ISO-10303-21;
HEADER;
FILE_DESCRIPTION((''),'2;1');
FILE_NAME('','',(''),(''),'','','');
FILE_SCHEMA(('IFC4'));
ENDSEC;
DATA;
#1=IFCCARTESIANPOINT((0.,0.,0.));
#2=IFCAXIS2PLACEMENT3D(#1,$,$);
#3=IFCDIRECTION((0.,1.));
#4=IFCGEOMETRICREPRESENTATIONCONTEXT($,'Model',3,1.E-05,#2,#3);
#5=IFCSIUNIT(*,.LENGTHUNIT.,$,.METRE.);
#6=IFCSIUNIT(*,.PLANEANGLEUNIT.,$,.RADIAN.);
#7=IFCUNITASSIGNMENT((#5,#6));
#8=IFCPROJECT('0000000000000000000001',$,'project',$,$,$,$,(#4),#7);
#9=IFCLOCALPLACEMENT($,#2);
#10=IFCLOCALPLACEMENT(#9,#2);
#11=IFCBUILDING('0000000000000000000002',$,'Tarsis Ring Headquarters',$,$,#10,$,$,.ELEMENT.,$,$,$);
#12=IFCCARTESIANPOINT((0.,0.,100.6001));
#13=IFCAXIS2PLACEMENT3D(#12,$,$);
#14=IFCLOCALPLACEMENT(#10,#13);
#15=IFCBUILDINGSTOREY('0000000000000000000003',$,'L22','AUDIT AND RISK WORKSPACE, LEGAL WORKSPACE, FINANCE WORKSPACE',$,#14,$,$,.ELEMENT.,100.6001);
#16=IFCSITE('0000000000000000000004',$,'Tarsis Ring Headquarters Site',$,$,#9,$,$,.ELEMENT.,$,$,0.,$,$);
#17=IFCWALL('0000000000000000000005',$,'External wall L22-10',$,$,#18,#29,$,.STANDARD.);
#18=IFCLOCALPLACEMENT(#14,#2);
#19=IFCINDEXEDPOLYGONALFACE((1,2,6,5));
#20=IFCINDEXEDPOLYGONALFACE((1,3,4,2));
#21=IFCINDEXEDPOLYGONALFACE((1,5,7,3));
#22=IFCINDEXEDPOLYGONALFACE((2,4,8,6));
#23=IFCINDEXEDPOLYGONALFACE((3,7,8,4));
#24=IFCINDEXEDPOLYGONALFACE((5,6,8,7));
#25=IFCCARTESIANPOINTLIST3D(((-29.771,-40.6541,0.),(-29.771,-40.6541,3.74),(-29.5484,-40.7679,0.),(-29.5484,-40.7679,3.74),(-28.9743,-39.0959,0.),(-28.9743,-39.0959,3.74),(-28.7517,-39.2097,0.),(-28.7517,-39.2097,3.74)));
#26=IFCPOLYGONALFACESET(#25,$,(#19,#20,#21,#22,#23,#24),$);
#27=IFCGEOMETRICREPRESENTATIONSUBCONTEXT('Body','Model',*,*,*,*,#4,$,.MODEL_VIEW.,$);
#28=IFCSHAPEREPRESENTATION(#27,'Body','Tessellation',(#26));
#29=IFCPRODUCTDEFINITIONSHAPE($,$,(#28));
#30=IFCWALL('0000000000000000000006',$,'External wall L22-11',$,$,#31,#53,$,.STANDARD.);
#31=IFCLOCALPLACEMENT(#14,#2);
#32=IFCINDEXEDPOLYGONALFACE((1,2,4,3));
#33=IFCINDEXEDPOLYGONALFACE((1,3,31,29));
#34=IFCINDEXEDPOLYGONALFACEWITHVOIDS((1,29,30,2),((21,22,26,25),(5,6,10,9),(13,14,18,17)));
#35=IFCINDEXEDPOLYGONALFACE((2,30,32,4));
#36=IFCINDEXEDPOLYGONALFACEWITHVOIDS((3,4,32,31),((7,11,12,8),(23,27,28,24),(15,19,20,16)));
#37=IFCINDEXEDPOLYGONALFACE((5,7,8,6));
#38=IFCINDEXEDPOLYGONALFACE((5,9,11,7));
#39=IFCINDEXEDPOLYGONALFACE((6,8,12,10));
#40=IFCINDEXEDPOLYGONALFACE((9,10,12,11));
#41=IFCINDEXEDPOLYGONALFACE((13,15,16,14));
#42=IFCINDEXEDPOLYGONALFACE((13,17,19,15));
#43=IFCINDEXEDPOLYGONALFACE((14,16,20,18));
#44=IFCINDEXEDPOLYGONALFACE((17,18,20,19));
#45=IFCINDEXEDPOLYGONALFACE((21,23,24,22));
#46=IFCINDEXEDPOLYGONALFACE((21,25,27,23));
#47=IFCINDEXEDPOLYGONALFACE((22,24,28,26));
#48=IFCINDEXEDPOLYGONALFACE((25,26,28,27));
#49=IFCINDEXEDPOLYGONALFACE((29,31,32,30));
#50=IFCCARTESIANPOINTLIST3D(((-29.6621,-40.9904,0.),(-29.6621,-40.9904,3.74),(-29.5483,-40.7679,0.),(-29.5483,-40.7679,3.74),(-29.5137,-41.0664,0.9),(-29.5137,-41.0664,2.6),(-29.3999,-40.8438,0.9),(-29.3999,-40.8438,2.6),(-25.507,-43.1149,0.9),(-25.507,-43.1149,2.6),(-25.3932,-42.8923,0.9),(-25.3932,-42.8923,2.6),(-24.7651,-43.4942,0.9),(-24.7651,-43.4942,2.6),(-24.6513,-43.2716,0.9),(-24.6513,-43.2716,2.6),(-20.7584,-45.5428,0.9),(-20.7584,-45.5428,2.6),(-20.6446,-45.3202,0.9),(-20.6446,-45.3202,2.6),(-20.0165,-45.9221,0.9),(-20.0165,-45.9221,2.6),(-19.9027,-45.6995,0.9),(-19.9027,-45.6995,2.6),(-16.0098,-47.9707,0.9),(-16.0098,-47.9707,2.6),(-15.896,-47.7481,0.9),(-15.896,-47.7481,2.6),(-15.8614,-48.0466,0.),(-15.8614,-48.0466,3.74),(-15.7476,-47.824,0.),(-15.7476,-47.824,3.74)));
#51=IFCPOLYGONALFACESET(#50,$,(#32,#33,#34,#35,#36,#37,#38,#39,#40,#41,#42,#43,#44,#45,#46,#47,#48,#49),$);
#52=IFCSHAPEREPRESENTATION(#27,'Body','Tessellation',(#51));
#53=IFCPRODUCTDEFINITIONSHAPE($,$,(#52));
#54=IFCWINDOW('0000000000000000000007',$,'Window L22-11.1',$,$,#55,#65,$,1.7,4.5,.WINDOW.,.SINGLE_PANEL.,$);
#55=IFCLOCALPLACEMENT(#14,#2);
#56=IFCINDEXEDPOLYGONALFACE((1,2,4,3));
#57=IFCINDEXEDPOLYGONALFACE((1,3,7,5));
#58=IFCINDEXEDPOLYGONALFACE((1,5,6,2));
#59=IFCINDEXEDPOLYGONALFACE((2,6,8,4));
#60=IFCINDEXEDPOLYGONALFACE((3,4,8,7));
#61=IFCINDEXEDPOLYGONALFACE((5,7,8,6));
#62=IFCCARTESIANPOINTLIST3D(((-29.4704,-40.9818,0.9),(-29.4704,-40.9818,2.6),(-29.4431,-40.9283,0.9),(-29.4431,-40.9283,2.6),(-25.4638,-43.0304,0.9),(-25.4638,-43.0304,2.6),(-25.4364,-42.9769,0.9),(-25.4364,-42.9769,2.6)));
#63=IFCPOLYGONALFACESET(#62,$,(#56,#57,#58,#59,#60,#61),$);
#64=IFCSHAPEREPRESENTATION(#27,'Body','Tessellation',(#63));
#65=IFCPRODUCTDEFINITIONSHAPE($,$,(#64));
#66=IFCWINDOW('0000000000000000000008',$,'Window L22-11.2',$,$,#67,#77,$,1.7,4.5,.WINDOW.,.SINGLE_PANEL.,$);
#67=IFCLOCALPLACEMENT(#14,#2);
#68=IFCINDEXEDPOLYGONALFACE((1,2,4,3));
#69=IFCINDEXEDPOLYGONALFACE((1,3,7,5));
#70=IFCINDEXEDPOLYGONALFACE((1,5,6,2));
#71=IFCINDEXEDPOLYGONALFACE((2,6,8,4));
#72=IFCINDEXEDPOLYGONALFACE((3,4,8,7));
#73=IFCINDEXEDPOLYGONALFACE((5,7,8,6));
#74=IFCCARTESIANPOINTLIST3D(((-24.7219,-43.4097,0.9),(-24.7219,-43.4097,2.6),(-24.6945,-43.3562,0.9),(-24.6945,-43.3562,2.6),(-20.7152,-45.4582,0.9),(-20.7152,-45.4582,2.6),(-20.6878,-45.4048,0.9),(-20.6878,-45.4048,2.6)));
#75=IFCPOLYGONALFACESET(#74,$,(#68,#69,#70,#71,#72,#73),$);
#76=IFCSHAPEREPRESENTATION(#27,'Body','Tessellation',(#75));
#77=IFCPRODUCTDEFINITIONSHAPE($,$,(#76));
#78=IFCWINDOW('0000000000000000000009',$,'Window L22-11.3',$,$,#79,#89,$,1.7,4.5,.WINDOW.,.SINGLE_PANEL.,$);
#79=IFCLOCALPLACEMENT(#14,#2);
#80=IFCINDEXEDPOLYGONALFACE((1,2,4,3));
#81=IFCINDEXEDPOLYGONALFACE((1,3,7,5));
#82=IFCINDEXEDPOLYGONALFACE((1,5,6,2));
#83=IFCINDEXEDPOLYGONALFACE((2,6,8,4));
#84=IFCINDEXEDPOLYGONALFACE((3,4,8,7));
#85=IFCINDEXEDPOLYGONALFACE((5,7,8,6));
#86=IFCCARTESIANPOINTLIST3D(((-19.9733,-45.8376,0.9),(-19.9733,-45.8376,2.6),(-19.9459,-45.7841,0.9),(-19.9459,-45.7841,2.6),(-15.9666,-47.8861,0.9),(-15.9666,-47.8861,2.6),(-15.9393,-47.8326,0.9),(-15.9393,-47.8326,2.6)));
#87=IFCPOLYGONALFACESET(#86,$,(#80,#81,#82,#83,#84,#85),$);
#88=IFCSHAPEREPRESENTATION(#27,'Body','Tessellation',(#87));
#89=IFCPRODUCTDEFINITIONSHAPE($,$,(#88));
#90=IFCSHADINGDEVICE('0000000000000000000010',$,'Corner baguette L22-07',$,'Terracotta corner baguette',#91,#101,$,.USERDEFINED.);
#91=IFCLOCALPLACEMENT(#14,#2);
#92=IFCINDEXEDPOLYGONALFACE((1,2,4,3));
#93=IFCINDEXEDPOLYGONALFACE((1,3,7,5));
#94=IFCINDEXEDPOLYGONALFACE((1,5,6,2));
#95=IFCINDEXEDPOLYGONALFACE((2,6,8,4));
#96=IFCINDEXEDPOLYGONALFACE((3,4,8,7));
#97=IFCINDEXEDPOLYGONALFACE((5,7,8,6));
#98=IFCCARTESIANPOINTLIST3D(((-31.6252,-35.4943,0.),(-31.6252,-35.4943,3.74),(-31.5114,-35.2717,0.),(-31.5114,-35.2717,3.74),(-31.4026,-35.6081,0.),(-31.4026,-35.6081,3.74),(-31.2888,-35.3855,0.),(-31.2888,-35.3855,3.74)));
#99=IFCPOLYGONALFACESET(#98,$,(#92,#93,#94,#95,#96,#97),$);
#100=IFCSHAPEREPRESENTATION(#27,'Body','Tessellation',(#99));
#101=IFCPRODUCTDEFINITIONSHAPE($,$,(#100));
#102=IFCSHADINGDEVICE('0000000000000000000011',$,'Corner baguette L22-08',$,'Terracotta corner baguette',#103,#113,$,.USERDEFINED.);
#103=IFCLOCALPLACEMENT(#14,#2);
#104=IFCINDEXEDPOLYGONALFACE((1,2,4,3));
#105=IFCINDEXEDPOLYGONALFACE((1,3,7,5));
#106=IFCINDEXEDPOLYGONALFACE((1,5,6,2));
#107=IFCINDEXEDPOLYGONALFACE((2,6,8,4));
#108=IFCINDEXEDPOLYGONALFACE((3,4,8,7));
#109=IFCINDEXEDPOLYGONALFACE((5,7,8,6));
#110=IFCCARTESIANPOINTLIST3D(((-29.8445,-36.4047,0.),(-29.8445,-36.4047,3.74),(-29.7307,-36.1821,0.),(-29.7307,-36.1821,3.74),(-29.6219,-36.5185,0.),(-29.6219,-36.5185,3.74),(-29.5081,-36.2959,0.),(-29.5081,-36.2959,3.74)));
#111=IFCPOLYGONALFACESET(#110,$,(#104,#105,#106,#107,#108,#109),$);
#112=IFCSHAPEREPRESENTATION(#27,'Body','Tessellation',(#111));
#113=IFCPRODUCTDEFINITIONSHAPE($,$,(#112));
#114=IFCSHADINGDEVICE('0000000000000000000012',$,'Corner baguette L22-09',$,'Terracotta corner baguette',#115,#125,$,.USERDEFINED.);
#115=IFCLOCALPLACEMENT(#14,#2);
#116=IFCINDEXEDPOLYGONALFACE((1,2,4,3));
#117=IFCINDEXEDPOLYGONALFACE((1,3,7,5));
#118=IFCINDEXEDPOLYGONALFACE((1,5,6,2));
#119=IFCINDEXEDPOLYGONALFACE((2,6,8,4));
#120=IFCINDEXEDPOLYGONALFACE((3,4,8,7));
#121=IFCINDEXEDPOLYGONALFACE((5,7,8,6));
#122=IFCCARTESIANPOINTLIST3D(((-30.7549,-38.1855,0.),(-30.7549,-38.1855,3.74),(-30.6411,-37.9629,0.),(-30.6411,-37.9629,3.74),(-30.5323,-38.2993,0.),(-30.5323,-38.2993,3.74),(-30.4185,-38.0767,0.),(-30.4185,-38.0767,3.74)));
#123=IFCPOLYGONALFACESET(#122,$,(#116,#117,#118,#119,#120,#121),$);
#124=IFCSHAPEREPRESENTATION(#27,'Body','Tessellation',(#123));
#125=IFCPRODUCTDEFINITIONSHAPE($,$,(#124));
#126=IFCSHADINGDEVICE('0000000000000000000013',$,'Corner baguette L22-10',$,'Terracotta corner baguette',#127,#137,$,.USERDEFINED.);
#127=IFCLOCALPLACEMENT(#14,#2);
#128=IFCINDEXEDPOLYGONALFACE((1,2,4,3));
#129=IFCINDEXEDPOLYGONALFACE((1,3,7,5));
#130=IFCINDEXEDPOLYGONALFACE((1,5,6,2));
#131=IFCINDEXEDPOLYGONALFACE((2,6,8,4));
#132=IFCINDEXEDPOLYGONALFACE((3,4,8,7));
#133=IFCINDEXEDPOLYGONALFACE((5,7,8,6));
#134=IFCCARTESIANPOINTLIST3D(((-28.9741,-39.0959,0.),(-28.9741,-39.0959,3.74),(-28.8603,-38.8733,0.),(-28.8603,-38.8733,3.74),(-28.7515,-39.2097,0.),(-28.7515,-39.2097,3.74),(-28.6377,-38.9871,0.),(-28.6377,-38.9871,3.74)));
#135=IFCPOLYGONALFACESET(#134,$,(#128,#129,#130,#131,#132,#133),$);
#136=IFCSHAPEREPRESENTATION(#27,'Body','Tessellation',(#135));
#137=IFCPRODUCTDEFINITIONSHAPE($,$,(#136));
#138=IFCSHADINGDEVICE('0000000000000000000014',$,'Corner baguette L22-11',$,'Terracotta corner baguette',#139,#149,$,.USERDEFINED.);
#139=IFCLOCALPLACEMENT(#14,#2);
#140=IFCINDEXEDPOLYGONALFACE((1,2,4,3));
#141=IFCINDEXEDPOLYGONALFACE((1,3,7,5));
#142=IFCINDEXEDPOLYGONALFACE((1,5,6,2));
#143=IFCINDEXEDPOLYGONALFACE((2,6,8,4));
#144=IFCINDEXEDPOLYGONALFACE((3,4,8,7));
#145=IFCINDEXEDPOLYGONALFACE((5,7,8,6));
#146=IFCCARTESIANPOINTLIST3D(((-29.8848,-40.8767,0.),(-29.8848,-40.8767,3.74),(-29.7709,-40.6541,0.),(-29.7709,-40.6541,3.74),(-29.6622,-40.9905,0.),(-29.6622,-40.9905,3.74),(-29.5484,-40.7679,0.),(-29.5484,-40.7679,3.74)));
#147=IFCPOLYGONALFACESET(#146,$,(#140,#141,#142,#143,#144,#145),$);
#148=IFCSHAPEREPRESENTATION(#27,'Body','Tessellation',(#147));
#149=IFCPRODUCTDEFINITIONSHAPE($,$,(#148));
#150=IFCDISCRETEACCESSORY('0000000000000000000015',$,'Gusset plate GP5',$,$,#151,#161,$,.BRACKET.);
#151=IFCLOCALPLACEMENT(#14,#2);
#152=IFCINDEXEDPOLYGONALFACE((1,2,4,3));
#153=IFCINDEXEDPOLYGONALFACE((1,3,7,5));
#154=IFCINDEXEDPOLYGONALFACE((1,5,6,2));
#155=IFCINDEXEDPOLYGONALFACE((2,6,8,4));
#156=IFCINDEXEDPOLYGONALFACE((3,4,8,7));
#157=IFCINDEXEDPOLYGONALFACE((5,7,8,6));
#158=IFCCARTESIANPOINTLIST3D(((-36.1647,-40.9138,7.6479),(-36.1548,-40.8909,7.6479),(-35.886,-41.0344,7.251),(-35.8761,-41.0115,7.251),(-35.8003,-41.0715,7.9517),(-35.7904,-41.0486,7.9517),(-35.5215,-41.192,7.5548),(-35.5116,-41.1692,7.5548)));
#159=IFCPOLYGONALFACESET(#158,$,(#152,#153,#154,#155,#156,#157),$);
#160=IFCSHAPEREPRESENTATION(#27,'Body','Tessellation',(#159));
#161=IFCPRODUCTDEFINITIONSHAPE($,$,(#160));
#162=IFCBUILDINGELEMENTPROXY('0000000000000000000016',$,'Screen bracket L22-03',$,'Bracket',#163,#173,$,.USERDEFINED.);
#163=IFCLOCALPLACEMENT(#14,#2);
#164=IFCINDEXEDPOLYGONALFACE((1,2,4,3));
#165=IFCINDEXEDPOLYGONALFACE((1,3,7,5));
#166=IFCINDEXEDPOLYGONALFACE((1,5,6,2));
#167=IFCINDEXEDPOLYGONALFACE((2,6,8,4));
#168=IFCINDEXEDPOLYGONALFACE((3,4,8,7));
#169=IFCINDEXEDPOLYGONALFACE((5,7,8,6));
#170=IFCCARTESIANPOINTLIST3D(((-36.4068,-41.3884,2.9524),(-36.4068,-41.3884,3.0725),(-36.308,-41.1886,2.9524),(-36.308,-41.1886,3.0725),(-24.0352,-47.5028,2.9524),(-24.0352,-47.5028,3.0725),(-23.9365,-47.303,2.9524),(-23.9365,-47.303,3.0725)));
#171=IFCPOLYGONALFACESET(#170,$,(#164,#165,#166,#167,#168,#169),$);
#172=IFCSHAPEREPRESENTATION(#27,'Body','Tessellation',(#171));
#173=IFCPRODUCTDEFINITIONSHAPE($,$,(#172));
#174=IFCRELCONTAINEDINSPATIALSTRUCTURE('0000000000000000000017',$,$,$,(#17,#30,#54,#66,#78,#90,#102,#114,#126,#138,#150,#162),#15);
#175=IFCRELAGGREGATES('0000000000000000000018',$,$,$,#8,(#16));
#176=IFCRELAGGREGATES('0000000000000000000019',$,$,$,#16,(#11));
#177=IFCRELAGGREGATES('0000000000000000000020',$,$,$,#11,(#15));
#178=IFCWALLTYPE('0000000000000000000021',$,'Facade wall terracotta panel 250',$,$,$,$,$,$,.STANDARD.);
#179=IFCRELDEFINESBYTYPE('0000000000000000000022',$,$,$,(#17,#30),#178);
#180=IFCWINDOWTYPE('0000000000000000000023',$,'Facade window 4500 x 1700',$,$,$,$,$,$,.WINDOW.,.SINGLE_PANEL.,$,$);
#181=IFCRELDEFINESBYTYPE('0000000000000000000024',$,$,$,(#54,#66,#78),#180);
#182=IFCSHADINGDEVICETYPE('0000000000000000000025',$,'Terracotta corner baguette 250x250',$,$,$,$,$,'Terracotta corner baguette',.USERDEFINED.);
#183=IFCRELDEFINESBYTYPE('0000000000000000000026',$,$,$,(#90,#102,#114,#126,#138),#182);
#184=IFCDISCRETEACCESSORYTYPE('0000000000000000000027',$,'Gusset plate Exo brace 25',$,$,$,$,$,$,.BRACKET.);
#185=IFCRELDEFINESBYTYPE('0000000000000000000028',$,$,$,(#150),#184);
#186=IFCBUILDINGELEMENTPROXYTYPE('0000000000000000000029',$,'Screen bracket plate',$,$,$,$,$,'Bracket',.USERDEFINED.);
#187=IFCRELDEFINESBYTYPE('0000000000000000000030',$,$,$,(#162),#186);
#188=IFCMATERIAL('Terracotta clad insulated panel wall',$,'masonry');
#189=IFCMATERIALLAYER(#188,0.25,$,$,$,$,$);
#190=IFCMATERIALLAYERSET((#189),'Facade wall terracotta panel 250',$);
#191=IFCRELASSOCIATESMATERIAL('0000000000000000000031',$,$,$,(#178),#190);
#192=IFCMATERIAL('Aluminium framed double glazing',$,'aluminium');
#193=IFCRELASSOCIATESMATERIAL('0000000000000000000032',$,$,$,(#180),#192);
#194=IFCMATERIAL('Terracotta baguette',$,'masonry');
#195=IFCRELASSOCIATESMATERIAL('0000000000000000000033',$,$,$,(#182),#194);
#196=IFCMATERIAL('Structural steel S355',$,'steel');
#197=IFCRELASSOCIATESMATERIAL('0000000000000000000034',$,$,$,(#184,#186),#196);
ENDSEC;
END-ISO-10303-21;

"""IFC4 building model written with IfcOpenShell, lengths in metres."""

from ifc_helpers import new_model, si_unit, direction, frame, frame_2d, origin, origin_2d, place, context, subcontext, project, spatial, rectangle, extrude, material, layer, layer_set, material_profile, profile_set, type_object, element, fill, save


model = new_model("IFC4")

# Units and contexts
model_context = context("Model", 3, precision=1e-05, world=origin(), true_north=direction((0.0, 1.0)))
body_context = subcontext(model_context, "Body", "Model", "MODEL_VIEW")
ifc_project = project(units=[si_unit("LENGTHUNIT", "METRE"), si_unit("PLANEANGLEUNIT", "RADIAN")], contexts=[model_context])

# Site, building, storey
site_placement = place(None, origin())
site = spatial("IfcSite", under=ifc_project, at=site_placement, Name="Tarsis Ring Headquarters Site", CompositionType="ELEMENT", RefElevation=0.0)
building_placement = place(site_placement, origin())
building = spatial("IfcBuilding", under=site, at=building_placement, Name="Tarsis Ring Headquarters", CompositionType="ELEMENT")
storey_placement = place(building_placement, frame((0.0, 0.0, 100.6001)))
storey = spatial("IfcBuildingStorey", under=building, at=storey_placement, Name="L22", Description="AUDIT AND RISK WORKSPACE, LEGAL WORKSPACE, FINANCE WORKSPACE", CompositionType="ELEMENT", Elevation=100.6001)

# Shared definitions
ifc_material_1 = material(Name="Structural steel S355", Category="steel")

# Wall
ifc_material_2 = material(Name="Terracotta clad insulated panel wall", Category="masonry")
ifc_layer = layer(ifc_material_2, 0.25)
ifc_layer_set = layer_set([ifc_layer], Name="Facade wall terracotta panel 250")
wall_type = type_object("IfcWallType", Name="Facade wall terracotta panel 250", PredefinedType="STANDARD", material=ifc_layer_set)
for number, where, z_axis, x_axis, name in (
    (1, (-28.863, -39.1528, 0.0), (0.0, 0.0, 1.0), (-0.455232, -0.890373, 0.0), "External wall L22-10"),
):
    element("IfcWall", number, at=place(storey_placement, frame(where, z_axis=z_axis, x_axis=x_axis)), inside=storey, type_object=wall_type, Name=name, PredefinedType="STANDARD", context=body_context, shape_type="SweptSolid", body=[
        extrude(rectangle(XDim=1.75, YDim=0.25, at=frame_2d((0.875, 0.0))), origin(), (0.0, 0.0, 1.0), 3.74),
    ])

# Wall, openings, windows
wall_placement = place(storey_placement, frame((-29.6052, -40.8792, 0.0), z_axis=(0.0, 0.0, 1.0), x_axis=(0.890371, -0.455235, 0.0)))
wall = element("IfcWall", 2, at=wall_placement, inside=storey, type_object=wall_type, Name="External wall L22-11", PredefinedType="STANDARD", context=body_context, shape_type="SweptSolid", body=[
    extrude(rectangle(XDim=15.5, YDim=0.25, at=frame_2d((7.75, 0.0))), origin(), (0.0, 0.0, 1.0), 3.74),
])
opening_1_placement = place(wall_placement, frame((0.1667, 0.0, 0.8999)))
opening_1 = element("IfcOpeningElement", 3, at=opening_1_placement, cuts=wall, PredefinedType="OPENING", context=body_context, shape_type="SweptSolid", body=[
    extrude(rectangle(XDim=4.5, YDim=1.7, at=frame_2d((2.25, 0.8501))), frame((0.0, 0.135, 0.0), z_axis=(0.0, -1.0, 0.0), x_axis=(1.0, 0.0, 0.0)), (0.0, 0.0, 1.0), 0.27),
])
opening_2_placement = place(wall_placement, frame((5.5, 0.0, 0.8999)))
opening_2 = element("IfcOpeningElement", 4, at=opening_2_placement, cuts=wall, PredefinedType="OPENING", context=body_context, shape_type="SweptSolid", body=[
    extrude(rectangle(XDim=4.5, YDim=1.7, at=frame_2d((2.25, 0.8501))), frame((0.0, 0.135, 0.0), z_axis=(0.0, -1.0, 0.0), x_axis=(1.0, 0.0, 0.0)), (0.0, 0.0, 1.0), 0.27),
])
opening_3_placement = place(wall_placement, frame((10.8333, 0.0, 0.8999)))
opening_3 = element("IfcOpeningElement", 5, at=opening_3_placement, cuts=wall, PredefinedType="OPENING", context=body_context, shape_type="SweptSolid", body=[
    extrude(rectangle(XDim=4.5, YDim=1.7, at=frame_2d((2.25, 0.8501))), frame((0.0, 0.135, 0.0), z_axis=(0.0, -1.0, 0.0), x_axis=(1.0, 0.0, 0.0)), (0.0, 0.0, 1.0), 0.27),
])
ifc_material_3 = material(Name="Aluminium framed double glazing", Category="aluminium")
window_type = type_object("IfcWindowType", Name="Facade window 4500 x 1700", PartitioningType="SINGLE_PANEL", PredefinedType="WINDOW", material=ifc_material_3)
window_1_placement = place(opening_1_placement, origin())
window_1 = element("IfcWindow", 6, at=window_1_placement, inside=storey, type_object=window_type, Name="Window L22-11.1", OverallHeight=1.7, OverallWidth=4.5, PartitioningType="SINGLE_PANEL", PredefinedType="WINDOW", context=body_context, shape_type="SweptSolid", body=[
    extrude(rectangle(XDim=4.5, YDim=1.7, at=frame_2d((2.25, 0.8501))), frame((0.0, 0.03, 0.0), z_axis=(0.0, -1.0, 0.0), x_axis=(1.0, 0.0, 0.0)), (0.0, 0.0, 1.0), 0.0601),
])
fill(opening_1, window_1)
window_2_placement = place(opening_2_placement, origin())
window_2 = element("IfcWindow", 7, at=window_2_placement, inside=storey, type_object=window_type, Name="Window L22-11.2", OverallHeight=1.7, OverallWidth=4.5, PartitioningType="SINGLE_PANEL", PredefinedType="WINDOW", context=body_context, shape_type="SweptSolid", body=[
    extrude(rectangle(XDim=4.5, YDim=1.7, at=frame_2d((2.25, 0.8501))), frame((0.0, 0.03, 0.0), z_axis=(0.0, -1.0, 0.0), x_axis=(1.0, 0.0, 0.0)), (0.0, 0.0, 1.0), 0.0601),
])
fill(opening_2, window_2)
window_3_placement = place(opening_3_placement, origin())
window_3 = element("IfcWindow", 8, at=window_3_placement, inside=storey, type_object=window_type, Name="Window L22-11.3", OverallHeight=1.7, OverallWidth=4.5, PartitioningType="SINGLE_PANEL", PredefinedType="WINDOW", context=body_context, shape_type="SweptSolid", body=[
    extrude(rectangle(XDim=4.5, YDim=1.7, at=frame_2d((2.25, 0.8501))), frame((0.0, 0.03, 0.0), z_axis=(0.0, -1.0, 0.0), x_axis=(1.0, 0.0, 0.0)), (0.0, 0.0, 1.0), 0.0601),
])
fill(opening_3, window_3)

# Shading devices
ifc_material_4 = material(Name="Terracotta baguette", Category="masonry")
shading_device_type_1 = type_object("IfcShadingDeviceType", Name="Terracotta corner baguette 250x250", ElementType="Terracotta corner baguette", PredefinedType="USERDEFINED", material=ifc_material_4)
for number, where, z_axis, x_axis, name in (
    (9, (-31.457, -35.4399, 0.0), (0.0, 0.0, 1.0), (-0.455234, -0.890372, 0.0), "Corner baguette L22-07"),
    (10, (-29.6763, -36.3503, 0.0), (0.0, 0.0, 1.0), (0.890372, -0.455234, 0.0), "Corner baguette L22-08"),
    (11, (-30.5867, -38.1311, 0.0), (0.0, 0.0, 1.0), (-0.455234, -0.890372, 0.0), "Corner baguette L22-09"),
    (12, (-28.8059, -39.0415, 0.0), (0.0, 0.0, 1.0), (0.890372, -0.455234, 0.0), "Corner baguette L22-10"),
    (13, (-29.7166, -40.8223, 0.0), (0.0, 0.0, 1.0), (-0.455234, -0.890372, 0.0), "Corner baguette L22-11"),
):
    element("IfcShadingDevice", number, at=place(storey_placement, frame(where, z_axis=z_axis, x_axis=x_axis)), inside=storey, type_object=shading_device_type_1, Name=name, ObjectType="Terracotta corner baguette", PredefinedType="USERDEFINED", context=body_context, shape_type="SweptSolid", body=[
        extrude(rectangle(XDim=0.25, YDim=0.25, at=origin_2d()), origin(), (0.0, 0.0, 1.0), 3.74),
    ])

# Discrete accessory
ifc_material_profile_1 = material_profile(ifc_material_1, rectangle(XDim=0.0249, YDim=0.5, at=origin_2d()), Name="PL 25x500")
ifc_profile_set_1 = profile_set([ifc_material_profile_1], Name="Structural steel S355")
discrete_accessory_type = type_object("IfcDiscreteAccessoryType", Name="Gusset plate Exo brace 25", PredefinedType="BRACKET", material=ifc_profile_set_1)
discrete_accessory_placement = place(storey_placement, frame((-35.9775, -40.9812, 7.7998), z_axis=(0.557765, -0.241275, -0.794156), x_axis=(0.397021, 0.91781, 0.0)))
element("IfcDiscreteAccessory", 14, at=discrete_accessory_placement, inside=storey, type_object=discrete_accessory_type, Name="Gusset plate GP5", PredefinedType="BRACKET", context=body_context, shape_type="SweptSolid", body=[
    extrude(rectangle(XDim=0.0249, YDim=0.5, at=origin_2d()), origin(), (0.0, 0.0, 1.0), 0.4998),
])

# Building element proxy
building_element_proxy_type = type_object("IfcBuildingElementProxyType", Name="Screen bracket plate", ElementType="Bracket", PredefinedType="USERDEFINED", material=ifc_material_1)
proxy_placement = place(storey_placement, frame((-30.1716, -44.3457, 2.9524), z_axis=(0.0, 0.0, 1.0), x_axis=(0.896486, -0.443071, 0.0)))
element("IfcBuildingElementProxy", 15, at=proxy_placement, inside=storey, type_object=building_element_proxy_type, Name="Screen bracket L22-03", ObjectType="Bracket", PredefinedType="USERDEFINED", context=body_context, shape_type="SweptSolid", body=[
    extrude(rectangle(XDim=13.8, YDim=0.2229, at=origin_2d()), origin(), (0.0, 0.0, 1.0), 0.1201),
])

save(model, "model.ifc")
